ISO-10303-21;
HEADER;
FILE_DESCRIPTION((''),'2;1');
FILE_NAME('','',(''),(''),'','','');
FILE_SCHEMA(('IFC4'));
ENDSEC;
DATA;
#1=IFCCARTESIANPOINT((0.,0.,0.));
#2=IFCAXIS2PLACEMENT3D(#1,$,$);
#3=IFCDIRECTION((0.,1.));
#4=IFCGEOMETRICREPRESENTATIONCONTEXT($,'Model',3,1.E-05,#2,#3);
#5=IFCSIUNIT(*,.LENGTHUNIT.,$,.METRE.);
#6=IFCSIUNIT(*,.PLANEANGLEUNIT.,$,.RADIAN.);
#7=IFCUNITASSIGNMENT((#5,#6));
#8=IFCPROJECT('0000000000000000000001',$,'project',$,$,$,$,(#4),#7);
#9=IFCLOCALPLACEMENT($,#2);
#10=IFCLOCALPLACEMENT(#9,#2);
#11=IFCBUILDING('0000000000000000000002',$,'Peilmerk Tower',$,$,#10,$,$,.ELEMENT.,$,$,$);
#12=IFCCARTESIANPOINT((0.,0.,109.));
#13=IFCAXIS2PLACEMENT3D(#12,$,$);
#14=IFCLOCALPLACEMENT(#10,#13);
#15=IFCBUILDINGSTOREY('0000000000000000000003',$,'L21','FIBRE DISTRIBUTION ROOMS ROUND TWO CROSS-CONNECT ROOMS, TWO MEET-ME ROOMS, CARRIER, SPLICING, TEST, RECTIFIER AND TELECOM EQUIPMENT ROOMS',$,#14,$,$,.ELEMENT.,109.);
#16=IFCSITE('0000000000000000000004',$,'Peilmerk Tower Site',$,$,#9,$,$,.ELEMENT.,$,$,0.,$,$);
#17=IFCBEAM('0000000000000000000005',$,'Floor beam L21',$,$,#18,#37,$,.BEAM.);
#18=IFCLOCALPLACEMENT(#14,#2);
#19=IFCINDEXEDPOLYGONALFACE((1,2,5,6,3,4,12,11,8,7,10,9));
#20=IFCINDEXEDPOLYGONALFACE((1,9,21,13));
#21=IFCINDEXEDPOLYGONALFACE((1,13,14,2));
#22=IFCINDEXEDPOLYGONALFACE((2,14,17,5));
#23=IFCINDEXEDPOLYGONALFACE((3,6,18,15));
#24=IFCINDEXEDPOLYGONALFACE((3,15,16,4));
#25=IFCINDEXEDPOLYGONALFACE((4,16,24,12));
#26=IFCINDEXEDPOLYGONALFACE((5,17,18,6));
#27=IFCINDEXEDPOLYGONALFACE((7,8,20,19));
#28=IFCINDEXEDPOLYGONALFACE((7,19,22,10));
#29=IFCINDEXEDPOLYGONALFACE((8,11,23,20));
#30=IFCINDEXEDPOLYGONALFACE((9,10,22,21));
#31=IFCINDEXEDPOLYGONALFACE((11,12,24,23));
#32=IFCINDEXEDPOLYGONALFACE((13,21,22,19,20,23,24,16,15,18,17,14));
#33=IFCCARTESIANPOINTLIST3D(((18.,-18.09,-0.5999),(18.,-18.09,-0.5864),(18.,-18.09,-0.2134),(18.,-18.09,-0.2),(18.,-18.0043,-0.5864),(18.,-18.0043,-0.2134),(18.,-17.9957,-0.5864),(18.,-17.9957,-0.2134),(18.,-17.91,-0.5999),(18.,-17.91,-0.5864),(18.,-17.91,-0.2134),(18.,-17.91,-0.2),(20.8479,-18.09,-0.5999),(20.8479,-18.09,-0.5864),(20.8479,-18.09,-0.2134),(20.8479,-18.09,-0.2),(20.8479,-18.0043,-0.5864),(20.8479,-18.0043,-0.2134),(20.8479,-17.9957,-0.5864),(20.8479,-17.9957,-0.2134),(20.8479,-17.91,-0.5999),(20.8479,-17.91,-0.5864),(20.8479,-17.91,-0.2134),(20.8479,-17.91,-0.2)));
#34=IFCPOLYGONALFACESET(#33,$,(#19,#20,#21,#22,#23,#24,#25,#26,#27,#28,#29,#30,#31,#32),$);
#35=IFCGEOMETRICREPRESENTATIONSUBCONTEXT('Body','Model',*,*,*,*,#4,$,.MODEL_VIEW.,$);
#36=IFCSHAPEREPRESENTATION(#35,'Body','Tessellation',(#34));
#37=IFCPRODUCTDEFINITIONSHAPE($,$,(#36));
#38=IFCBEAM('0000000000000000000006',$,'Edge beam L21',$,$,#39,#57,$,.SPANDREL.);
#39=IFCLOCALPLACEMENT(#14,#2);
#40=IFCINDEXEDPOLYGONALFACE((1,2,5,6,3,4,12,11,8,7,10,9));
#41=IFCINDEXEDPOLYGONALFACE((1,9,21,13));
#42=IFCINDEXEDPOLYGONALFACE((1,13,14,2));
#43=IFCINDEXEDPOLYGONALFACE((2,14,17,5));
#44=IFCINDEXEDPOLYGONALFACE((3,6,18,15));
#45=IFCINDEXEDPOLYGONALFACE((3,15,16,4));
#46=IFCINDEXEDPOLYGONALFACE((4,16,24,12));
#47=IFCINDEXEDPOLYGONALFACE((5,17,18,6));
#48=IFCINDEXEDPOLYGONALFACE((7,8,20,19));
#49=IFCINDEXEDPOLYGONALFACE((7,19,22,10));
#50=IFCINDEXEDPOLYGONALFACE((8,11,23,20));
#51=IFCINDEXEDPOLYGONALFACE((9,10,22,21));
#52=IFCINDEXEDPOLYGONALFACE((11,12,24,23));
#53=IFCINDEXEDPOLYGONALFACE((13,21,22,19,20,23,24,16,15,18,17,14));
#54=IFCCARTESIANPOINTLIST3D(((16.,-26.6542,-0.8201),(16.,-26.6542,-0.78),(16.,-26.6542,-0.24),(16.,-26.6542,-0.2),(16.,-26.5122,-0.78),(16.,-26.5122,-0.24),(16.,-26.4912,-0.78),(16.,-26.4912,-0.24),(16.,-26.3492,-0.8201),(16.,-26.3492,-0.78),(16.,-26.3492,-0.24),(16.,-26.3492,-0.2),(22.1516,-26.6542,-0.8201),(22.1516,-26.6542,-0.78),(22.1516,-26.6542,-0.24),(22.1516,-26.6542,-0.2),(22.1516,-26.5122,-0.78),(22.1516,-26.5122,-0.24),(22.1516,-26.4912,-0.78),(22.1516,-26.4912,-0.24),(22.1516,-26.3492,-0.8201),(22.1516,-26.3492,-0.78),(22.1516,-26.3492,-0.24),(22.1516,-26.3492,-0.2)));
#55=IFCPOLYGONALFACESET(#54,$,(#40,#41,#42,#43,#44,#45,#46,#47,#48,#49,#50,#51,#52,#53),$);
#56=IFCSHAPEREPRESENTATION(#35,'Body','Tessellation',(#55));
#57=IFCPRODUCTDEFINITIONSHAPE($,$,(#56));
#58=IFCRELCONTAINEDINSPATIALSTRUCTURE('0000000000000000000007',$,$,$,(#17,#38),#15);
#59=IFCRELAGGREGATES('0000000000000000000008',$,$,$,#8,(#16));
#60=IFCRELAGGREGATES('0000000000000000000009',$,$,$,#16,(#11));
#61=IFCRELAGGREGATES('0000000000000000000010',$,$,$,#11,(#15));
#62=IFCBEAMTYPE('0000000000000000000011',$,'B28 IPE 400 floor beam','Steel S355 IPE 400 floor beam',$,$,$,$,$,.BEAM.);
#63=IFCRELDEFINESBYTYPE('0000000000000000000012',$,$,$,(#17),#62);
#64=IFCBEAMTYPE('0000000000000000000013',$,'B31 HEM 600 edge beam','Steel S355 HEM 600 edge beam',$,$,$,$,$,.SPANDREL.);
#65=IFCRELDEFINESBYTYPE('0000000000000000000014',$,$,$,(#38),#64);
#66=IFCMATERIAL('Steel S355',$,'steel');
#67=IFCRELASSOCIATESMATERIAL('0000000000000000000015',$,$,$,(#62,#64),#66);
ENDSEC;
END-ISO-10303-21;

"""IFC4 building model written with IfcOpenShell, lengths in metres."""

from ifc_helpers import new_model, si_unit, direction, frame, origin, origin_2d, place, context, subcontext, project, spatial, i_section, extrude, material, material_profile, profile_set, type_object, element, save


model = new_model("IFC4")

# Units and contexts
model_context = context("Model", 3, precision=1e-05, world=origin(), true_north=direction((0.0, 1.0)))
body_context = subcontext(model_context, "Body", "Model", "MODEL_VIEW")
ifc_project = project(units=[si_unit("LENGTHUNIT", "METRE"), si_unit("PLANEANGLEUNIT", "RADIAN")], contexts=[model_context])

# Site, building, storey
site_placement = place(None, origin())
site = spatial("IfcSite", under=ifc_project, at=site_placement, Name="Peilmerk Tower Site", CompositionType="ELEMENT", RefElevation=0.0)
building_placement = place(site_placement, origin())
building = spatial("IfcBuilding", under=site, at=building_placement, Name="Peilmerk Tower", CompositionType="ELEMENT")
storey_placement = place(building_placement, frame((0.0, 0.0, 109.0)))
storey = spatial("IfcBuildingStorey", under=building, at=storey_placement, Name="L21", Description="FIBRE DISTRIBUTION ROOMS ROUND TWO CROSS-CONNECT ROOMS, TWO MEET-ME ROOMS, CARRIER, SPLICING, TEST, RECTIFIER AND TELECOM EQUIPMENT ROOMS", CompositionType="ELEMENT", Elevation=109.0)

# Beams
ifc_material_1 = material(Name="Steel S355", Category="steel")
ifc_material_profile_1 = material_profile(ifc_material_1, i_section(OverallWidth=0.1799, OverallDepth=0.3999, WebThickness=0.0085, FlangeThickness=0.0134, at=origin_2d()), Name="IPE 400")
ifc_profile_set_1 = profile_set([ifc_material_profile_1], Name="Steel S355")
beam_type_1 = type_object("IfcBeamType", Name="B28 IPE 400 floor beam", Description="Steel S355 IPE 400 floor beam", PredefinedType="BEAM", material=ifc_profile_set_1)
for number, where, z_axis, x_axis, name in (
    (1, (18.0, -18.0, -0.3999), (1.0, 0.0, 0.0), (0.0, 1.0, 0.0), "Floor beam L21"),
):
    element("IfcBeam", number, at=place(storey_placement, frame(where, z_axis=z_axis, x_axis=x_axis)), inside=storey, type_object=beam_type_1, Name=name, PredefinedType="BEAM", context=body_context, shape_type="SweptSolid", body=[
        extrude(i_section(OverallWidth=0.1799, OverallDepth=0.3999, WebThickness=0.0085, FlangeThickness=0.0134, at=origin_2d()), origin(), (0.0, 0.0, 1.0), 2.8479),
    ])
ifc_material_profile_2 = material_profile(ifc_material_1, i_section(OverallWidth=0.3049, OverallDepth=0.6201, WebThickness=0.021, FlangeThickness=0.04, at=origin_2d()), Name="HEM 600")
ifc_profile_set_2 = profile_set([ifc_material_profile_2], Name="Steel S355")
beam_type_2 = type_object("IfcBeamType", Name="B31 HEM 600 edge beam", Description="Steel S355 HEM 600 edge beam", PredefinedType="SPANDREL", material=ifc_profile_set_2)
beam_1_placement = place(storey_placement, frame((16.0, -26.5017, -0.51), z_axis=(1.0, 0.0, 0.0), x_axis=(0.0, 1.0, 0.0)))
element("IfcBeam", 2, at=beam_1_placement, inside=storey, type_object=beam_type_2, Name="Edge beam L21", PredefinedType="SPANDREL", context=body_context, shape_type="SweptSolid", body=[
    extrude(i_section(OverallWidth=0.3049, OverallDepth=0.6201, WebThickness=0.021, FlangeThickness=0.04, at=origin_2d()), origin(), (0.0, 0.0, 1.0), 6.1516),
])

save(model, "model.ifc")
